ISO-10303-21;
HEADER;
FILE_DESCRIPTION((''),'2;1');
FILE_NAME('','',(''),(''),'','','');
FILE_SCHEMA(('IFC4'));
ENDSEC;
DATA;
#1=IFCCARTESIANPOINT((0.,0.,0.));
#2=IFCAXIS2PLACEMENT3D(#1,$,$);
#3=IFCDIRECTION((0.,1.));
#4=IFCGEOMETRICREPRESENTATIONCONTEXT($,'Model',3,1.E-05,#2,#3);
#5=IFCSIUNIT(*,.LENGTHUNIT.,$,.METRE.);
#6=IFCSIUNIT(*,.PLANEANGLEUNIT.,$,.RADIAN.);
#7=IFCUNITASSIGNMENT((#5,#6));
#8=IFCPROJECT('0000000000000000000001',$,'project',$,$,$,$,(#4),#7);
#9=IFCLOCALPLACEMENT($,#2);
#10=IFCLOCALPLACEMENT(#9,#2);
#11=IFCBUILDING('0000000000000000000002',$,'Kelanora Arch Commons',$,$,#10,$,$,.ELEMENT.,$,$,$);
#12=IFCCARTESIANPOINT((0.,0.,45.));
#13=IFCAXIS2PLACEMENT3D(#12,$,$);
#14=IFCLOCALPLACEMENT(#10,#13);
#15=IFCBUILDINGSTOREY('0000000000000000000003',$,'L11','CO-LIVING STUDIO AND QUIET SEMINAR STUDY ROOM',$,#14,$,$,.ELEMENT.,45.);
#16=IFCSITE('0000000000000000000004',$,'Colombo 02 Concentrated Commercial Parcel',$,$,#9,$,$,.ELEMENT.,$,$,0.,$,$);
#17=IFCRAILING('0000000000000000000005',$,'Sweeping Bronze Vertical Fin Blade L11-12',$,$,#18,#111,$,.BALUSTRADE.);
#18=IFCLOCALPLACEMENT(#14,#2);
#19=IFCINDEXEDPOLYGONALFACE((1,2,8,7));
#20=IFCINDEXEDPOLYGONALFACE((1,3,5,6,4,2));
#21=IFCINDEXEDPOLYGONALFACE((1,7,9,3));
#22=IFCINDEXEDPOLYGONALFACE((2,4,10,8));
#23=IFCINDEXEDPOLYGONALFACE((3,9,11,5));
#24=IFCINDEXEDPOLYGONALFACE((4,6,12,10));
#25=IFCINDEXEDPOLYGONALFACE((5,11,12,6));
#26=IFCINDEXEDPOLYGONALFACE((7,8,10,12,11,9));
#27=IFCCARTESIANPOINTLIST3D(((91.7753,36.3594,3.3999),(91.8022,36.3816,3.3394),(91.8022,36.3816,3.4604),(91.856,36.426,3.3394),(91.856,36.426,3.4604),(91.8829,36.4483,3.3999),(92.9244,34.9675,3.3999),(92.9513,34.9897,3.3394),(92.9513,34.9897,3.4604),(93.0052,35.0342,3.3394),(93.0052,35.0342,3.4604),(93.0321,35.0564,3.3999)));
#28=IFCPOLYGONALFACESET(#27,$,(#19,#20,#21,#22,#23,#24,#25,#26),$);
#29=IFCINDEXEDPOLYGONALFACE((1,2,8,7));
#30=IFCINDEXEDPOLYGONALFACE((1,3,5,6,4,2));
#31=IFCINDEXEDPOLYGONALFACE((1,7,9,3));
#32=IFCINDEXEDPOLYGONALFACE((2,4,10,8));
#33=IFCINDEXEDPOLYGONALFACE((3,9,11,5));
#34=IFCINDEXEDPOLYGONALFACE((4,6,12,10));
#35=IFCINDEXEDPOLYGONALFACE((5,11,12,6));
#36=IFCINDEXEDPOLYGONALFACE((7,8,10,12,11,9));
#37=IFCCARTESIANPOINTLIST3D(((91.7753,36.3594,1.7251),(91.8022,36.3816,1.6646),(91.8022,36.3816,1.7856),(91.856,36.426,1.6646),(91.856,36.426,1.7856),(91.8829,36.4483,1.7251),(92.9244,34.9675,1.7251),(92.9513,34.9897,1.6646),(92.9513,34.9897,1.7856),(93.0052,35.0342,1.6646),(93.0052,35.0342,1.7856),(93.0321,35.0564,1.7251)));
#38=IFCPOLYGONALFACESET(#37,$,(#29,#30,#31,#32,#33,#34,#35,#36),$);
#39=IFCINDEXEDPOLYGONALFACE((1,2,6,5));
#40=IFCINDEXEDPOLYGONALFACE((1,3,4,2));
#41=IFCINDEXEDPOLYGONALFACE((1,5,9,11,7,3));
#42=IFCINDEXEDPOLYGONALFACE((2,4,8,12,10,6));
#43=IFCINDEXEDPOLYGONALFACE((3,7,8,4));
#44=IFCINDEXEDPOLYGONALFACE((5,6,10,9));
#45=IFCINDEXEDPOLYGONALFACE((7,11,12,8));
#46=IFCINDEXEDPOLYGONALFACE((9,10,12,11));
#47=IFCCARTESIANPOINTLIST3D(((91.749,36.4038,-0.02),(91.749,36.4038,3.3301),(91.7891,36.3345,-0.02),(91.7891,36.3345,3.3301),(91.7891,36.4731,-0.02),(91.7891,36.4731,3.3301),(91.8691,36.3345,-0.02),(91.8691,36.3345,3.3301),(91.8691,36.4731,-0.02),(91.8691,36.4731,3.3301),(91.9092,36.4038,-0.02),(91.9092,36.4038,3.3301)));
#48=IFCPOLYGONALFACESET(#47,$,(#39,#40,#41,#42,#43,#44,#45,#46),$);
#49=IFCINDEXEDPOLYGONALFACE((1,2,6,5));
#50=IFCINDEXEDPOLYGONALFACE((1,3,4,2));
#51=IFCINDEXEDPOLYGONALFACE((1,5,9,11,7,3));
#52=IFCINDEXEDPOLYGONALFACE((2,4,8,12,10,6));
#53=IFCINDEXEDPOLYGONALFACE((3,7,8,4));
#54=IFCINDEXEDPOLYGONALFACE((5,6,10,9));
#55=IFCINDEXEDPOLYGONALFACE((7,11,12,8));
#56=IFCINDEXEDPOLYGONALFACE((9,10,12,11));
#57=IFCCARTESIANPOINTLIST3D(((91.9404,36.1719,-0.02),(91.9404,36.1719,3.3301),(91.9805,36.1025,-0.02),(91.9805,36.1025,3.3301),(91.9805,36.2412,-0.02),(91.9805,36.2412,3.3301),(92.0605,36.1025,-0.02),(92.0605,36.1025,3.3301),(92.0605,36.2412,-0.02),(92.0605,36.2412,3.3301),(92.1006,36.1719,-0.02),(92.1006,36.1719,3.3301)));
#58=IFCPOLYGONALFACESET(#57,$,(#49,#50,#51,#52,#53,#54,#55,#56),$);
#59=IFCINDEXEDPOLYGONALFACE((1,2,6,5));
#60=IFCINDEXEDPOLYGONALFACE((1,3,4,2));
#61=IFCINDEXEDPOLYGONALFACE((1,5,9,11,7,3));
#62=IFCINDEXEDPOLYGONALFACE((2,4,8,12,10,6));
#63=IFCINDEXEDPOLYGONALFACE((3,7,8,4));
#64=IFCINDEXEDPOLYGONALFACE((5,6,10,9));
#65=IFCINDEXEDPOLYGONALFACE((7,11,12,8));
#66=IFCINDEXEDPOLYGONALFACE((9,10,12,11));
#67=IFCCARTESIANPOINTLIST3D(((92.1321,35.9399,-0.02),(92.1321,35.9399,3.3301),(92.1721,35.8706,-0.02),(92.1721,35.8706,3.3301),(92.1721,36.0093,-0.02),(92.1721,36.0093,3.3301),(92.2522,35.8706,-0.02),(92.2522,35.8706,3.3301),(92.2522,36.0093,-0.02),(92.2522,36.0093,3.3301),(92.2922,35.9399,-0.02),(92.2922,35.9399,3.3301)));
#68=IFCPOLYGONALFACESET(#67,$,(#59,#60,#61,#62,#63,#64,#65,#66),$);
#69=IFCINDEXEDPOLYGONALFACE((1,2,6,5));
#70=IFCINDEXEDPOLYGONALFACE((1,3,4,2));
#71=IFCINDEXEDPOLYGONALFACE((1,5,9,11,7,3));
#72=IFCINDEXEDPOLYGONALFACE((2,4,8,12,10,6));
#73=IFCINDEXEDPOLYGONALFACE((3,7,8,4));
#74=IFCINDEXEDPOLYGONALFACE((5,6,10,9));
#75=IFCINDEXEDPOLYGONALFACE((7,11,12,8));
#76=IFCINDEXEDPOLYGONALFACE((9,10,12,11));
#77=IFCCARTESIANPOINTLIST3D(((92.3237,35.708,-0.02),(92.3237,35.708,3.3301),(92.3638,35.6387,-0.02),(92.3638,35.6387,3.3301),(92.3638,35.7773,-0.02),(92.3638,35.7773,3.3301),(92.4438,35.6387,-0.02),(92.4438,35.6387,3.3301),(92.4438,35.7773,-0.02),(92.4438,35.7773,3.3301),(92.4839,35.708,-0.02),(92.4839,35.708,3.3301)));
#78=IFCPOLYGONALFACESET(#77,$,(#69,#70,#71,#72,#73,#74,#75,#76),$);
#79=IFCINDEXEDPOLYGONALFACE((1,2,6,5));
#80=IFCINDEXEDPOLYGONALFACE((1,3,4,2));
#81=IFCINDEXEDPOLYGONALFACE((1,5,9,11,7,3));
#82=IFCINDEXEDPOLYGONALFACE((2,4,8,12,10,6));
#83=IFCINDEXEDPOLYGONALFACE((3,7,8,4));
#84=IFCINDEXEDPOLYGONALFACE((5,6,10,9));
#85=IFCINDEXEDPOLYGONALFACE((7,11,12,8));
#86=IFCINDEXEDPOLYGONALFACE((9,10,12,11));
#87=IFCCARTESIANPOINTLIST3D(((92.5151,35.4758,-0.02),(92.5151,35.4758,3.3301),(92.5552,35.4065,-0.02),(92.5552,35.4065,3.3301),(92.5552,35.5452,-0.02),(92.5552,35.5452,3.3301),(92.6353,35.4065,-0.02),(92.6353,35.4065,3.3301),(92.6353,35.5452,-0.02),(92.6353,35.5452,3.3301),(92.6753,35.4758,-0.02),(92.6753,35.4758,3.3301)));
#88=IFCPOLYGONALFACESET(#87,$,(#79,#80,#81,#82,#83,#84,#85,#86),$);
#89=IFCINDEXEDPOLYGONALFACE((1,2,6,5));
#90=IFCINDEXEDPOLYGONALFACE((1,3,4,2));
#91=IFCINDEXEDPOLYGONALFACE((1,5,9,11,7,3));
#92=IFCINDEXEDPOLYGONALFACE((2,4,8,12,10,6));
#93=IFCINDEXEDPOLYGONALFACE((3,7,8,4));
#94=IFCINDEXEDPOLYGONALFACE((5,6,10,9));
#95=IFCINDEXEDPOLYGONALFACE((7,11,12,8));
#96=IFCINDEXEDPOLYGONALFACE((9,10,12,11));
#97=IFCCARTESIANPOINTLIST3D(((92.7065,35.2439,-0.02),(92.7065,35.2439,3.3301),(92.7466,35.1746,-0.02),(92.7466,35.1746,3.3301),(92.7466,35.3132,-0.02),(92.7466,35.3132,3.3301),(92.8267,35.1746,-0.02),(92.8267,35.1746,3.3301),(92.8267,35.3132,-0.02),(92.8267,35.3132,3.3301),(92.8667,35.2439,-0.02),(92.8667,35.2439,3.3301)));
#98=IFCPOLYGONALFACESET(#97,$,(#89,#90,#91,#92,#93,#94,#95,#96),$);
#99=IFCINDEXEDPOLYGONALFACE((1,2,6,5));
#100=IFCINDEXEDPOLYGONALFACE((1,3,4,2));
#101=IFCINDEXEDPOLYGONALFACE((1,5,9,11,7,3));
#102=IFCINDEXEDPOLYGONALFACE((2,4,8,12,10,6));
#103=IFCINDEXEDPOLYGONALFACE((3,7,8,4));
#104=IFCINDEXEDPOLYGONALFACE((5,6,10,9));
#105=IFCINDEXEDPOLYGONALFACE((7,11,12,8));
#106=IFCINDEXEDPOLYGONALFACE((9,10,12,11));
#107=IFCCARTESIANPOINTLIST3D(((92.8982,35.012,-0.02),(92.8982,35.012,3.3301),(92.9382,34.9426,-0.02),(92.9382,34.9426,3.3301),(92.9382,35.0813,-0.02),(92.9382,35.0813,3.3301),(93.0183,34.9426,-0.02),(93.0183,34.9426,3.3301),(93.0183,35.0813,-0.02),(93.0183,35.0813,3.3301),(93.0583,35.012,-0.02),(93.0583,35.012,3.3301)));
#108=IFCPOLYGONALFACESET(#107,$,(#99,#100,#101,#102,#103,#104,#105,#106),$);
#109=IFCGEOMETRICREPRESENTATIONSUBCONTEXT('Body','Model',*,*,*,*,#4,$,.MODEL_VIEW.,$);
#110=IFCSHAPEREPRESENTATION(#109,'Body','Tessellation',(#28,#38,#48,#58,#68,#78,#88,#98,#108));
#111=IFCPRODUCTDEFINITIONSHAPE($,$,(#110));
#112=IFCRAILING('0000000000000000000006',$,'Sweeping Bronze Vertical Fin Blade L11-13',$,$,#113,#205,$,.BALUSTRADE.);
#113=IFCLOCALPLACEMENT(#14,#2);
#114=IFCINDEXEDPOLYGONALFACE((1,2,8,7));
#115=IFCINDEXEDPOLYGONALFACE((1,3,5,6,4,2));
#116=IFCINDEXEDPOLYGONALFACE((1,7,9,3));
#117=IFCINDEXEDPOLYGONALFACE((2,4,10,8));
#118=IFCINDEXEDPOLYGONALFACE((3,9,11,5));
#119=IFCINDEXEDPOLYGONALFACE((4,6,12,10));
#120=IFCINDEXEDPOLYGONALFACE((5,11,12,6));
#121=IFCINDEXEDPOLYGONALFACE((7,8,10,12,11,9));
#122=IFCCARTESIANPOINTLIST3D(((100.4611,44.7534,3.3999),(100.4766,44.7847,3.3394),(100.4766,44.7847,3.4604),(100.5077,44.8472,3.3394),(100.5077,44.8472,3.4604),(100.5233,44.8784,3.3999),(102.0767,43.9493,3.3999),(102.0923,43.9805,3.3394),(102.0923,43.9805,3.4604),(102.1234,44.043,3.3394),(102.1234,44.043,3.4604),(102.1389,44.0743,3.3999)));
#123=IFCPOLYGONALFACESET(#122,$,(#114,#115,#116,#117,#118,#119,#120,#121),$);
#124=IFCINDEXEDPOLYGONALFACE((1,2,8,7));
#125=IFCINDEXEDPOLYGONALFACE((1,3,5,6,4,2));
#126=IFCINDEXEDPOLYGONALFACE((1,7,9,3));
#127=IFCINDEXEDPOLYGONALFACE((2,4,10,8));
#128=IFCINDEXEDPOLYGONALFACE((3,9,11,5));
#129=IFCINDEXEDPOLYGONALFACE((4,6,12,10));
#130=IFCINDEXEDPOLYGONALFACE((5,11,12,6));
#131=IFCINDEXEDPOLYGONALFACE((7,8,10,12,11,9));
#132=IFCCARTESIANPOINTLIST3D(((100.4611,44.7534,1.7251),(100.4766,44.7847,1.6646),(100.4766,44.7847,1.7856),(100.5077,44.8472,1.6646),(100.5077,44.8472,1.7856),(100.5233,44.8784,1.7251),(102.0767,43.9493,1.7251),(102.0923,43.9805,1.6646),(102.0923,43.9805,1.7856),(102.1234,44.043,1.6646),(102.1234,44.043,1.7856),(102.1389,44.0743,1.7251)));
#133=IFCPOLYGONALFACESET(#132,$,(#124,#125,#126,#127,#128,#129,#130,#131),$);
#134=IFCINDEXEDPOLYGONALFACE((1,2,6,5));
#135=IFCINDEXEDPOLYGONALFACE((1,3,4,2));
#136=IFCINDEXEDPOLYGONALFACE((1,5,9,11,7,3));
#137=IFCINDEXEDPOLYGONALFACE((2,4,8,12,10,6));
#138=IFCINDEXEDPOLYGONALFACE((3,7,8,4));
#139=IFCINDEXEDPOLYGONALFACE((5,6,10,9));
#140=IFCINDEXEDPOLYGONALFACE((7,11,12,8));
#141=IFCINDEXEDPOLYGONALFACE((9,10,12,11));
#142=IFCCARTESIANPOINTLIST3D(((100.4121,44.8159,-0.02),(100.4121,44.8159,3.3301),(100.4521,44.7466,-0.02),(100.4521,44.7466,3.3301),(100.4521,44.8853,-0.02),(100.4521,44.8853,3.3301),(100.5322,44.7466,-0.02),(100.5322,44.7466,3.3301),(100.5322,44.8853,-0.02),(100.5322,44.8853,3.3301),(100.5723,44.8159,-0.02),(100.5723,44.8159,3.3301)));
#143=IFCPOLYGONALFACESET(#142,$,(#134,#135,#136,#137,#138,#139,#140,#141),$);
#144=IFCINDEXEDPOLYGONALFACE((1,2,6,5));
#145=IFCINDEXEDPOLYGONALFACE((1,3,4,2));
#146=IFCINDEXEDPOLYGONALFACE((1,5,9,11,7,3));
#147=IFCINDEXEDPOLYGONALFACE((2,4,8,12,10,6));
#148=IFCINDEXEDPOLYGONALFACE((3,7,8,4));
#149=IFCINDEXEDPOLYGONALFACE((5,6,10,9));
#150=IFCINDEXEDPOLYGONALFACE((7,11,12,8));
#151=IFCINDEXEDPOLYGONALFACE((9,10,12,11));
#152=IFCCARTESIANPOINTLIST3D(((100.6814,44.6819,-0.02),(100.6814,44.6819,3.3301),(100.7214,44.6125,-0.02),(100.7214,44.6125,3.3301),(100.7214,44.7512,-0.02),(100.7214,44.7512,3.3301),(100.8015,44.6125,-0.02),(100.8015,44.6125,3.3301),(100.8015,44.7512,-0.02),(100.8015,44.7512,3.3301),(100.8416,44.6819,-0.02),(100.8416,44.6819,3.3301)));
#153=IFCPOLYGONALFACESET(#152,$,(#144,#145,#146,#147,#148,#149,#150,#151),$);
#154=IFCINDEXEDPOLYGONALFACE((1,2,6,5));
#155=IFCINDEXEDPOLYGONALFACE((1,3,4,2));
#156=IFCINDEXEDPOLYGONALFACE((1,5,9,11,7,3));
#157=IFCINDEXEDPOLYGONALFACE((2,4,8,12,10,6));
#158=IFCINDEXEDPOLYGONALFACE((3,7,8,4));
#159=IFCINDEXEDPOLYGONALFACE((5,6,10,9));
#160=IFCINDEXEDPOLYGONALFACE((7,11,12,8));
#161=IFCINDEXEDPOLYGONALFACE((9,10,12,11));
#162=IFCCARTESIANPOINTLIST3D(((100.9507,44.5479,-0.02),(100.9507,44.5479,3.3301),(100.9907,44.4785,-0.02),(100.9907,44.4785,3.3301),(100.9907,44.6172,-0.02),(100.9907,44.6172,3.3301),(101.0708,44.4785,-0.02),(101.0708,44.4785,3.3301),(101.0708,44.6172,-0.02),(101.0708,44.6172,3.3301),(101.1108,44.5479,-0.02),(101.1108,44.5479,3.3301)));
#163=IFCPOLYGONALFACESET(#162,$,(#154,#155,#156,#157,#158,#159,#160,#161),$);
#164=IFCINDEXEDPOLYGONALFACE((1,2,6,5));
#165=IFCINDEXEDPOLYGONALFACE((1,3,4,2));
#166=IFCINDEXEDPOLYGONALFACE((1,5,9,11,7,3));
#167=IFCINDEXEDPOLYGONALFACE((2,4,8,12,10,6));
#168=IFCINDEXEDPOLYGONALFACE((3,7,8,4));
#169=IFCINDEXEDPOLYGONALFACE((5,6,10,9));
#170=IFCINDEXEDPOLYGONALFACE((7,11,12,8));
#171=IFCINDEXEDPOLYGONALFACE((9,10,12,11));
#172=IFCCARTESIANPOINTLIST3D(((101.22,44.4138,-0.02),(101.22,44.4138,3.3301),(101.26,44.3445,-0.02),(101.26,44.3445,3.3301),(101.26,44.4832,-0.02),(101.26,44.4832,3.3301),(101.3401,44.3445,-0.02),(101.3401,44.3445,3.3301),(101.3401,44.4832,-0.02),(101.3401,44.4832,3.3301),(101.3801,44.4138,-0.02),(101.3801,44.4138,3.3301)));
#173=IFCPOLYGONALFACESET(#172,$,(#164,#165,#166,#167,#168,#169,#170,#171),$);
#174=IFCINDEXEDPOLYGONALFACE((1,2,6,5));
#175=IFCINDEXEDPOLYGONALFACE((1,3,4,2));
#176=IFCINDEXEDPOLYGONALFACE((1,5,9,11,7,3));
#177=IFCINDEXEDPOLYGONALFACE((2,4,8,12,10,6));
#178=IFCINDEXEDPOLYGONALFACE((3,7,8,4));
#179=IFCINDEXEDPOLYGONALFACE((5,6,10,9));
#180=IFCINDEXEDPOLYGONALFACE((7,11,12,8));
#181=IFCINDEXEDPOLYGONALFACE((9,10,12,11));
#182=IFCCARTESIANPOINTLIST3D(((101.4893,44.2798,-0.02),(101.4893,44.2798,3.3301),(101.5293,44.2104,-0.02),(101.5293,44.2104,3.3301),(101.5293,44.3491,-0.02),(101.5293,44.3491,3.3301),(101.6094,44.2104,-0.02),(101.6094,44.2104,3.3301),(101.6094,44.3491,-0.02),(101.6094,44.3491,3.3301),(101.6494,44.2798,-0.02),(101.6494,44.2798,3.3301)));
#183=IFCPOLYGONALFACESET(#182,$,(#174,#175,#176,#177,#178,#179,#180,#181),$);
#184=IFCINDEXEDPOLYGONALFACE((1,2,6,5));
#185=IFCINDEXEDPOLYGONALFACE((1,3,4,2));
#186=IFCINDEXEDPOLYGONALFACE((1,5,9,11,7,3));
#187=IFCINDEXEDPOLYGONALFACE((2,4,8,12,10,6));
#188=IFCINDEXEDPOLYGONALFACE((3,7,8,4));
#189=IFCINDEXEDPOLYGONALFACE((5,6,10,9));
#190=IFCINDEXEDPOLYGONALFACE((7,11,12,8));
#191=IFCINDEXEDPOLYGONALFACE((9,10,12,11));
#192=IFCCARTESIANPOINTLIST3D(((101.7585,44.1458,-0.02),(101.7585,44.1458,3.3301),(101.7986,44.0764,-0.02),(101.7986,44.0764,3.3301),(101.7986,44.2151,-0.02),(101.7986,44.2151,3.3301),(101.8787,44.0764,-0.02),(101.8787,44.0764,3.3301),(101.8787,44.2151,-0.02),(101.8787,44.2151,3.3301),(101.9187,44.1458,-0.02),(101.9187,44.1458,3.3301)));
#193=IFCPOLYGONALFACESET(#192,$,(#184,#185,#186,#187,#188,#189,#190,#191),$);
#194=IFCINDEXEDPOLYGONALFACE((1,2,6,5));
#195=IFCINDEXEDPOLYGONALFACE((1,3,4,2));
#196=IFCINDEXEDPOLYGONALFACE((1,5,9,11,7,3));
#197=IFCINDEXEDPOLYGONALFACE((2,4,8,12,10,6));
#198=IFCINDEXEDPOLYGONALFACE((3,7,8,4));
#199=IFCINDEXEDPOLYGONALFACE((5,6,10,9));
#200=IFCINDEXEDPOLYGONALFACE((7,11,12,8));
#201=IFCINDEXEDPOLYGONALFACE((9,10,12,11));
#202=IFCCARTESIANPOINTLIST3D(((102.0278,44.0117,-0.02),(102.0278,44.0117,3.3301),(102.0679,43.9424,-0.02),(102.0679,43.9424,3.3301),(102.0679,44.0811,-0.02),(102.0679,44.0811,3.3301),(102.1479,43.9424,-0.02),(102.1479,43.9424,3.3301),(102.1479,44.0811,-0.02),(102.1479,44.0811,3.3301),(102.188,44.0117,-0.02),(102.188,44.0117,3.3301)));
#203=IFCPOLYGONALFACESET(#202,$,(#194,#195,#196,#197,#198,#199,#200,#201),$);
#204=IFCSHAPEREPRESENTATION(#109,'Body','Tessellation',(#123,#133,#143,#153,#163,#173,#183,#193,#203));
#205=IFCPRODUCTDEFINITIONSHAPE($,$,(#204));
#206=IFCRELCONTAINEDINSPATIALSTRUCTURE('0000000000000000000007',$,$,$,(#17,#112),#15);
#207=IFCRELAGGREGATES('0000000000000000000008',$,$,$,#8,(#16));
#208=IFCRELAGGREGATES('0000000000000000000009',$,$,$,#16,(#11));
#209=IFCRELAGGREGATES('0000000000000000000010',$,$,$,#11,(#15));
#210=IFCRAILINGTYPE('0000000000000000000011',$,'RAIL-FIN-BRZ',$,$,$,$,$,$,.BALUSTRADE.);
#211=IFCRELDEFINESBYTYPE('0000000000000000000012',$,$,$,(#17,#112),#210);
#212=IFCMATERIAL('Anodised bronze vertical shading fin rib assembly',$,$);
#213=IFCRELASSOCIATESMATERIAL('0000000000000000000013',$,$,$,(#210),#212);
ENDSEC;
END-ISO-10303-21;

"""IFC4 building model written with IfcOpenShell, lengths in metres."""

from ifc_helpers import new_model, si_unit, direction, frame, origin, place, context, subcontext, project, spatial, polyline, outline, extrude, material, type_object, element, save


model = new_model("IFC4")

# Units and contexts
model_context = context("Model", 3, precision=1e-05, world=origin(), true_north=direction((0.0, 1.0)))
body_context = subcontext(model_context, "Body", "Model", "MODEL_VIEW")
ifc_project = project(units=[si_unit("LENGTHUNIT", "METRE"), si_unit("PLANEANGLEUNIT", "RADIAN")], contexts=[model_context])

# Site, building, storey
site_placement = place(None, origin())
site = spatial("IfcSite", under=ifc_project, at=site_placement, Name="Colombo 02 Concentrated Commercial Parcel", CompositionType="ELEMENT", RefElevation=0.0)
building_placement = place(site_placement, origin())
building = spatial("IfcBuilding", under=site, at=building_placement, Name="Kelanora Arch Commons", CompositionType="ELEMENT")
storey_placement = place(building_placement, frame((0.0, 0.0, 45.0)))
storey = spatial("IfcBuildingStorey", under=building, at=storey_placement, Name="L11", Description="CO-LIVING STUDIO AND QUIET SEMINAR STUDY ROOM", CompositionType="ELEMENT", Elevation=45.0)

# Railings
ifc_material_1 = material(Name="Anodised bronze vertical shading fin rib assembly")
railing_type = type_object("IfcRailingType", Name="RAIL-FIN-BRZ", PredefinedType="BALUSTRADE", material=ifc_material_1)
railing_1_placement = place(storey_placement, frame((91.8291, 36.4038, -0.02)))
element("IfcRailing", 1, at=railing_1_placement, inside=storey, type_object=railing_type, Name="Sweeping Bronze Vertical Fin Blade L11-12", PredefinedType="BALUSTRADE", context=body_context, shape_type="SweptSolid", body=[
    extrude(outline(polyline([(0.0698, 0.0), (0.0349, 0.0605), (-0.0349, 0.0605), (-0.0698, 0.0), (-0.0349, -0.0605), (0.0349, -0.0605), (0.0698, 0.0)])), frame((0.0, 0.0, 3.4199), z_axis=(0.636679, -0.771129, 0.0), x_axis=(0.771129, 0.636679, 0.0)), (0.0, 0.0, 1.0), 1.8049),
    extrude(outline(polyline([(0.0698, 0.0), (0.0349, 0.0605), (-0.0349, 0.0605), (-0.0698, 0.0), (-0.0349, -0.0605), (0.0349, -0.0605), (0.0698, 0.0)])), frame((0.0, 0.0, 1.7451), z_axis=(0.636679, -0.771129, 0.0), x_axis=(0.771129, 0.636679, 0.0)), (0.0, 0.0, 1.0), 1.8049),
    extrude(outline(polyline([(0.0801, 0.0), (0.04, 0.0693), (-0.04, 0.0693), (-0.0801, 0.0), (-0.04, -0.0693), (0.04, -0.0693), (0.0801, 0.0)])), origin(), (0.0, 0.0, 1.0), 3.3501),
    extrude(outline(polyline([(0.0801, 0.0), (0.04, 0.0693), (-0.04, 0.0693), (-0.0801, 0.0), (-0.04, -0.0693), (0.04, -0.0693), (0.0801, 0.0)])), frame((0.1914, -0.2319, 0.0)), (0.0, 0.0, 1.0), 3.3501),
    extrude(outline(polyline([(0.0801, 0.0), (0.04, 0.0693), (-0.04, 0.0693), (-0.0801, 0.0), (-0.04, -0.0693), (0.04, -0.0693), (0.0801, 0.0)])), frame((0.3831, -0.4639, 0.0)), (0.0, 0.0, 1.0), 3.3501),
    extrude(outline(polyline([(0.0801, 0.0), (0.04, 0.0693), (-0.04, 0.0693), (-0.0801, 0.0), (-0.04, -0.0693), (0.04, -0.0693), (0.0801, 0.0)])), frame((0.5747, -0.6958, 0.0)), (0.0, 0.0, 1.0), 3.3501),
    extrude(outline(polyline([(0.0801, 0.0), (0.04, 0.0693), (-0.04, 0.0693), (-0.0801, 0.0), (-0.04, -0.0693), (0.04, -0.0693), (0.0801, 0.0)])), frame((0.7661, -0.928, 0.0)), (0.0, 0.0, 1.0), 3.3501),
    extrude(outline(polyline([(0.0801, 0.0), (0.04, 0.0693), (-0.04, 0.0693), (-0.0801, 0.0), (-0.04, -0.0693), (0.04, -0.0693), (0.0801, 0.0)])), frame((0.9575, -1.1599, 0.0)), (0.0, 0.0, 1.0), 3.3501),
    extrude(outline(polyline([(0.0801, 0.0), (0.04, 0.0693), (-0.04, 0.0693), (-0.0801, 0.0), (-0.04, -0.0693), (0.04, -0.0693), (0.0801, 0.0)])), frame((1.1492, -1.3918, 0.0)), (0.0, 0.0, 1.0), 3.3501),
])
railing_2_placement = place(storey_placement, frame((100.4922, 44.8159, -0.02)))
element("IfcRailing", 2, at=railing_2_placement, inside=storey, type_object=railing_type, Name="Sweeping Bronze Vertical Fin Blade L11-13", PredefinedType="BALUSTRADE", context=body_context, shape_type="SweptSolid", body=[
    extrude(outline(polyline([(0.0698, 0.0), (0.0349, 0.0605), (-0.0349, 0.0605), (-0.0698, 0.0), (-0.0349, -0.0605), (0.0349, -0.0605), (0.0698, 0.0)])), frame((0.0, 0.0, 3.4199), z_axis=(0.895237, -0.44559, 0.0), x_axis=(0.44559, 0.895237, 0.0)), (0.0, 0.0, 1.0), 1.8047),
    extrude(outline(polyline([(0.0698, 0.0), (0.0349, 0.0605), (-0.0349, 0.0605), (-0.0698, 0.0), (-0.0349, -0.0605), (0.0349, -0.0605), (0.0698, 0.0)])), frame((0.0, 0.0, 1.7451), z_axis=(0.895237, -0.44559, 0.0), x_axis=(0.44559, 0.895237, 0.0)), (0.0, 0.0, 1.0), 1.8047),
    extrude(outline(polyline([(0.0801, 0.0), (0.04, 0.0693), (-0.04, 0.0693), (-0.0801, 0.0), (-0.04, -0.0693), (0.04, -0.0693), (0.0801, 0.0)])), origin(), (0.0, 0.0, 1.0), 3.3501),
    extrude(outline(polyline([(0.0801, 0.0), (0.04, 0.0693), (-0.04, 0.0693), (-0.0801, 0.0), (-0.04, -0.0693), (0.04, -0.0693), (0.0801, 0.0)])), frame((0.2693, -0.134, 0.0)), (0.0, 0.0, 1.0), 3.3501),
    extrude(outline(polyline([(0.0801, 0.0), (0.04, 0.0693), (-0.04, 0.0693), (-0.0801, 0.0), (-0.04, -0.0693), (0.04, -0.0693), (0.0801, 0.0)])), frame((0.5386, -0.2681, 0.0)), (0.0, 0.0, 1.0), 3.3501),
    extrude(outline(polyline([(0.0801, 0.0), (0.04, 0.0693), (-0.04, 0.0693), (-0.0801, 0.0), (-0.04, -0.0693), (0.04, -0.0693), (0.0801, 0.0)])), frame((0.8079, -0.4021, 0.0)), (0.0, 0.0, 1.0), 3.3501),
    extrude(outline(polyline([(0.0801, 0.0), (0.04, 0.0693), (-0.04, 0.0693), (-0.0801, 0.0), (-0.04, -0.0693), (0.04, -0.0693), (0.0801, 0.0)])), frame((1.0771, -0.5361, 0.0)), (0.0, 0.0, 1.0), 3.3501),
    extrude(outline(polyline([(0.0801, 0.0), (0.04, 0.0693), (-0.04, 0.0693), (-0.0801, 0.0), (-0.04, -0.0693), (0.04, -0.0693), (0.0801, 0.0)])), frame((1.3464, -0.6702, 0.0)), (0.0, 0.0, 1.0), 3.3501),
    extrude(outline(polyline([(0.0801, 0.0), (0.04, 0.0693), (-0.04, 0.0693), (-0.0801, 0.0), (-0.04, -0.0693), (0.04, -0.0693), (0.0801, 0.0)])), frame((1.6157, -0.8042, 0.0)), (0.0, 0.0, 1.0), 3.3501),
])

save(model, "model.ifc")
